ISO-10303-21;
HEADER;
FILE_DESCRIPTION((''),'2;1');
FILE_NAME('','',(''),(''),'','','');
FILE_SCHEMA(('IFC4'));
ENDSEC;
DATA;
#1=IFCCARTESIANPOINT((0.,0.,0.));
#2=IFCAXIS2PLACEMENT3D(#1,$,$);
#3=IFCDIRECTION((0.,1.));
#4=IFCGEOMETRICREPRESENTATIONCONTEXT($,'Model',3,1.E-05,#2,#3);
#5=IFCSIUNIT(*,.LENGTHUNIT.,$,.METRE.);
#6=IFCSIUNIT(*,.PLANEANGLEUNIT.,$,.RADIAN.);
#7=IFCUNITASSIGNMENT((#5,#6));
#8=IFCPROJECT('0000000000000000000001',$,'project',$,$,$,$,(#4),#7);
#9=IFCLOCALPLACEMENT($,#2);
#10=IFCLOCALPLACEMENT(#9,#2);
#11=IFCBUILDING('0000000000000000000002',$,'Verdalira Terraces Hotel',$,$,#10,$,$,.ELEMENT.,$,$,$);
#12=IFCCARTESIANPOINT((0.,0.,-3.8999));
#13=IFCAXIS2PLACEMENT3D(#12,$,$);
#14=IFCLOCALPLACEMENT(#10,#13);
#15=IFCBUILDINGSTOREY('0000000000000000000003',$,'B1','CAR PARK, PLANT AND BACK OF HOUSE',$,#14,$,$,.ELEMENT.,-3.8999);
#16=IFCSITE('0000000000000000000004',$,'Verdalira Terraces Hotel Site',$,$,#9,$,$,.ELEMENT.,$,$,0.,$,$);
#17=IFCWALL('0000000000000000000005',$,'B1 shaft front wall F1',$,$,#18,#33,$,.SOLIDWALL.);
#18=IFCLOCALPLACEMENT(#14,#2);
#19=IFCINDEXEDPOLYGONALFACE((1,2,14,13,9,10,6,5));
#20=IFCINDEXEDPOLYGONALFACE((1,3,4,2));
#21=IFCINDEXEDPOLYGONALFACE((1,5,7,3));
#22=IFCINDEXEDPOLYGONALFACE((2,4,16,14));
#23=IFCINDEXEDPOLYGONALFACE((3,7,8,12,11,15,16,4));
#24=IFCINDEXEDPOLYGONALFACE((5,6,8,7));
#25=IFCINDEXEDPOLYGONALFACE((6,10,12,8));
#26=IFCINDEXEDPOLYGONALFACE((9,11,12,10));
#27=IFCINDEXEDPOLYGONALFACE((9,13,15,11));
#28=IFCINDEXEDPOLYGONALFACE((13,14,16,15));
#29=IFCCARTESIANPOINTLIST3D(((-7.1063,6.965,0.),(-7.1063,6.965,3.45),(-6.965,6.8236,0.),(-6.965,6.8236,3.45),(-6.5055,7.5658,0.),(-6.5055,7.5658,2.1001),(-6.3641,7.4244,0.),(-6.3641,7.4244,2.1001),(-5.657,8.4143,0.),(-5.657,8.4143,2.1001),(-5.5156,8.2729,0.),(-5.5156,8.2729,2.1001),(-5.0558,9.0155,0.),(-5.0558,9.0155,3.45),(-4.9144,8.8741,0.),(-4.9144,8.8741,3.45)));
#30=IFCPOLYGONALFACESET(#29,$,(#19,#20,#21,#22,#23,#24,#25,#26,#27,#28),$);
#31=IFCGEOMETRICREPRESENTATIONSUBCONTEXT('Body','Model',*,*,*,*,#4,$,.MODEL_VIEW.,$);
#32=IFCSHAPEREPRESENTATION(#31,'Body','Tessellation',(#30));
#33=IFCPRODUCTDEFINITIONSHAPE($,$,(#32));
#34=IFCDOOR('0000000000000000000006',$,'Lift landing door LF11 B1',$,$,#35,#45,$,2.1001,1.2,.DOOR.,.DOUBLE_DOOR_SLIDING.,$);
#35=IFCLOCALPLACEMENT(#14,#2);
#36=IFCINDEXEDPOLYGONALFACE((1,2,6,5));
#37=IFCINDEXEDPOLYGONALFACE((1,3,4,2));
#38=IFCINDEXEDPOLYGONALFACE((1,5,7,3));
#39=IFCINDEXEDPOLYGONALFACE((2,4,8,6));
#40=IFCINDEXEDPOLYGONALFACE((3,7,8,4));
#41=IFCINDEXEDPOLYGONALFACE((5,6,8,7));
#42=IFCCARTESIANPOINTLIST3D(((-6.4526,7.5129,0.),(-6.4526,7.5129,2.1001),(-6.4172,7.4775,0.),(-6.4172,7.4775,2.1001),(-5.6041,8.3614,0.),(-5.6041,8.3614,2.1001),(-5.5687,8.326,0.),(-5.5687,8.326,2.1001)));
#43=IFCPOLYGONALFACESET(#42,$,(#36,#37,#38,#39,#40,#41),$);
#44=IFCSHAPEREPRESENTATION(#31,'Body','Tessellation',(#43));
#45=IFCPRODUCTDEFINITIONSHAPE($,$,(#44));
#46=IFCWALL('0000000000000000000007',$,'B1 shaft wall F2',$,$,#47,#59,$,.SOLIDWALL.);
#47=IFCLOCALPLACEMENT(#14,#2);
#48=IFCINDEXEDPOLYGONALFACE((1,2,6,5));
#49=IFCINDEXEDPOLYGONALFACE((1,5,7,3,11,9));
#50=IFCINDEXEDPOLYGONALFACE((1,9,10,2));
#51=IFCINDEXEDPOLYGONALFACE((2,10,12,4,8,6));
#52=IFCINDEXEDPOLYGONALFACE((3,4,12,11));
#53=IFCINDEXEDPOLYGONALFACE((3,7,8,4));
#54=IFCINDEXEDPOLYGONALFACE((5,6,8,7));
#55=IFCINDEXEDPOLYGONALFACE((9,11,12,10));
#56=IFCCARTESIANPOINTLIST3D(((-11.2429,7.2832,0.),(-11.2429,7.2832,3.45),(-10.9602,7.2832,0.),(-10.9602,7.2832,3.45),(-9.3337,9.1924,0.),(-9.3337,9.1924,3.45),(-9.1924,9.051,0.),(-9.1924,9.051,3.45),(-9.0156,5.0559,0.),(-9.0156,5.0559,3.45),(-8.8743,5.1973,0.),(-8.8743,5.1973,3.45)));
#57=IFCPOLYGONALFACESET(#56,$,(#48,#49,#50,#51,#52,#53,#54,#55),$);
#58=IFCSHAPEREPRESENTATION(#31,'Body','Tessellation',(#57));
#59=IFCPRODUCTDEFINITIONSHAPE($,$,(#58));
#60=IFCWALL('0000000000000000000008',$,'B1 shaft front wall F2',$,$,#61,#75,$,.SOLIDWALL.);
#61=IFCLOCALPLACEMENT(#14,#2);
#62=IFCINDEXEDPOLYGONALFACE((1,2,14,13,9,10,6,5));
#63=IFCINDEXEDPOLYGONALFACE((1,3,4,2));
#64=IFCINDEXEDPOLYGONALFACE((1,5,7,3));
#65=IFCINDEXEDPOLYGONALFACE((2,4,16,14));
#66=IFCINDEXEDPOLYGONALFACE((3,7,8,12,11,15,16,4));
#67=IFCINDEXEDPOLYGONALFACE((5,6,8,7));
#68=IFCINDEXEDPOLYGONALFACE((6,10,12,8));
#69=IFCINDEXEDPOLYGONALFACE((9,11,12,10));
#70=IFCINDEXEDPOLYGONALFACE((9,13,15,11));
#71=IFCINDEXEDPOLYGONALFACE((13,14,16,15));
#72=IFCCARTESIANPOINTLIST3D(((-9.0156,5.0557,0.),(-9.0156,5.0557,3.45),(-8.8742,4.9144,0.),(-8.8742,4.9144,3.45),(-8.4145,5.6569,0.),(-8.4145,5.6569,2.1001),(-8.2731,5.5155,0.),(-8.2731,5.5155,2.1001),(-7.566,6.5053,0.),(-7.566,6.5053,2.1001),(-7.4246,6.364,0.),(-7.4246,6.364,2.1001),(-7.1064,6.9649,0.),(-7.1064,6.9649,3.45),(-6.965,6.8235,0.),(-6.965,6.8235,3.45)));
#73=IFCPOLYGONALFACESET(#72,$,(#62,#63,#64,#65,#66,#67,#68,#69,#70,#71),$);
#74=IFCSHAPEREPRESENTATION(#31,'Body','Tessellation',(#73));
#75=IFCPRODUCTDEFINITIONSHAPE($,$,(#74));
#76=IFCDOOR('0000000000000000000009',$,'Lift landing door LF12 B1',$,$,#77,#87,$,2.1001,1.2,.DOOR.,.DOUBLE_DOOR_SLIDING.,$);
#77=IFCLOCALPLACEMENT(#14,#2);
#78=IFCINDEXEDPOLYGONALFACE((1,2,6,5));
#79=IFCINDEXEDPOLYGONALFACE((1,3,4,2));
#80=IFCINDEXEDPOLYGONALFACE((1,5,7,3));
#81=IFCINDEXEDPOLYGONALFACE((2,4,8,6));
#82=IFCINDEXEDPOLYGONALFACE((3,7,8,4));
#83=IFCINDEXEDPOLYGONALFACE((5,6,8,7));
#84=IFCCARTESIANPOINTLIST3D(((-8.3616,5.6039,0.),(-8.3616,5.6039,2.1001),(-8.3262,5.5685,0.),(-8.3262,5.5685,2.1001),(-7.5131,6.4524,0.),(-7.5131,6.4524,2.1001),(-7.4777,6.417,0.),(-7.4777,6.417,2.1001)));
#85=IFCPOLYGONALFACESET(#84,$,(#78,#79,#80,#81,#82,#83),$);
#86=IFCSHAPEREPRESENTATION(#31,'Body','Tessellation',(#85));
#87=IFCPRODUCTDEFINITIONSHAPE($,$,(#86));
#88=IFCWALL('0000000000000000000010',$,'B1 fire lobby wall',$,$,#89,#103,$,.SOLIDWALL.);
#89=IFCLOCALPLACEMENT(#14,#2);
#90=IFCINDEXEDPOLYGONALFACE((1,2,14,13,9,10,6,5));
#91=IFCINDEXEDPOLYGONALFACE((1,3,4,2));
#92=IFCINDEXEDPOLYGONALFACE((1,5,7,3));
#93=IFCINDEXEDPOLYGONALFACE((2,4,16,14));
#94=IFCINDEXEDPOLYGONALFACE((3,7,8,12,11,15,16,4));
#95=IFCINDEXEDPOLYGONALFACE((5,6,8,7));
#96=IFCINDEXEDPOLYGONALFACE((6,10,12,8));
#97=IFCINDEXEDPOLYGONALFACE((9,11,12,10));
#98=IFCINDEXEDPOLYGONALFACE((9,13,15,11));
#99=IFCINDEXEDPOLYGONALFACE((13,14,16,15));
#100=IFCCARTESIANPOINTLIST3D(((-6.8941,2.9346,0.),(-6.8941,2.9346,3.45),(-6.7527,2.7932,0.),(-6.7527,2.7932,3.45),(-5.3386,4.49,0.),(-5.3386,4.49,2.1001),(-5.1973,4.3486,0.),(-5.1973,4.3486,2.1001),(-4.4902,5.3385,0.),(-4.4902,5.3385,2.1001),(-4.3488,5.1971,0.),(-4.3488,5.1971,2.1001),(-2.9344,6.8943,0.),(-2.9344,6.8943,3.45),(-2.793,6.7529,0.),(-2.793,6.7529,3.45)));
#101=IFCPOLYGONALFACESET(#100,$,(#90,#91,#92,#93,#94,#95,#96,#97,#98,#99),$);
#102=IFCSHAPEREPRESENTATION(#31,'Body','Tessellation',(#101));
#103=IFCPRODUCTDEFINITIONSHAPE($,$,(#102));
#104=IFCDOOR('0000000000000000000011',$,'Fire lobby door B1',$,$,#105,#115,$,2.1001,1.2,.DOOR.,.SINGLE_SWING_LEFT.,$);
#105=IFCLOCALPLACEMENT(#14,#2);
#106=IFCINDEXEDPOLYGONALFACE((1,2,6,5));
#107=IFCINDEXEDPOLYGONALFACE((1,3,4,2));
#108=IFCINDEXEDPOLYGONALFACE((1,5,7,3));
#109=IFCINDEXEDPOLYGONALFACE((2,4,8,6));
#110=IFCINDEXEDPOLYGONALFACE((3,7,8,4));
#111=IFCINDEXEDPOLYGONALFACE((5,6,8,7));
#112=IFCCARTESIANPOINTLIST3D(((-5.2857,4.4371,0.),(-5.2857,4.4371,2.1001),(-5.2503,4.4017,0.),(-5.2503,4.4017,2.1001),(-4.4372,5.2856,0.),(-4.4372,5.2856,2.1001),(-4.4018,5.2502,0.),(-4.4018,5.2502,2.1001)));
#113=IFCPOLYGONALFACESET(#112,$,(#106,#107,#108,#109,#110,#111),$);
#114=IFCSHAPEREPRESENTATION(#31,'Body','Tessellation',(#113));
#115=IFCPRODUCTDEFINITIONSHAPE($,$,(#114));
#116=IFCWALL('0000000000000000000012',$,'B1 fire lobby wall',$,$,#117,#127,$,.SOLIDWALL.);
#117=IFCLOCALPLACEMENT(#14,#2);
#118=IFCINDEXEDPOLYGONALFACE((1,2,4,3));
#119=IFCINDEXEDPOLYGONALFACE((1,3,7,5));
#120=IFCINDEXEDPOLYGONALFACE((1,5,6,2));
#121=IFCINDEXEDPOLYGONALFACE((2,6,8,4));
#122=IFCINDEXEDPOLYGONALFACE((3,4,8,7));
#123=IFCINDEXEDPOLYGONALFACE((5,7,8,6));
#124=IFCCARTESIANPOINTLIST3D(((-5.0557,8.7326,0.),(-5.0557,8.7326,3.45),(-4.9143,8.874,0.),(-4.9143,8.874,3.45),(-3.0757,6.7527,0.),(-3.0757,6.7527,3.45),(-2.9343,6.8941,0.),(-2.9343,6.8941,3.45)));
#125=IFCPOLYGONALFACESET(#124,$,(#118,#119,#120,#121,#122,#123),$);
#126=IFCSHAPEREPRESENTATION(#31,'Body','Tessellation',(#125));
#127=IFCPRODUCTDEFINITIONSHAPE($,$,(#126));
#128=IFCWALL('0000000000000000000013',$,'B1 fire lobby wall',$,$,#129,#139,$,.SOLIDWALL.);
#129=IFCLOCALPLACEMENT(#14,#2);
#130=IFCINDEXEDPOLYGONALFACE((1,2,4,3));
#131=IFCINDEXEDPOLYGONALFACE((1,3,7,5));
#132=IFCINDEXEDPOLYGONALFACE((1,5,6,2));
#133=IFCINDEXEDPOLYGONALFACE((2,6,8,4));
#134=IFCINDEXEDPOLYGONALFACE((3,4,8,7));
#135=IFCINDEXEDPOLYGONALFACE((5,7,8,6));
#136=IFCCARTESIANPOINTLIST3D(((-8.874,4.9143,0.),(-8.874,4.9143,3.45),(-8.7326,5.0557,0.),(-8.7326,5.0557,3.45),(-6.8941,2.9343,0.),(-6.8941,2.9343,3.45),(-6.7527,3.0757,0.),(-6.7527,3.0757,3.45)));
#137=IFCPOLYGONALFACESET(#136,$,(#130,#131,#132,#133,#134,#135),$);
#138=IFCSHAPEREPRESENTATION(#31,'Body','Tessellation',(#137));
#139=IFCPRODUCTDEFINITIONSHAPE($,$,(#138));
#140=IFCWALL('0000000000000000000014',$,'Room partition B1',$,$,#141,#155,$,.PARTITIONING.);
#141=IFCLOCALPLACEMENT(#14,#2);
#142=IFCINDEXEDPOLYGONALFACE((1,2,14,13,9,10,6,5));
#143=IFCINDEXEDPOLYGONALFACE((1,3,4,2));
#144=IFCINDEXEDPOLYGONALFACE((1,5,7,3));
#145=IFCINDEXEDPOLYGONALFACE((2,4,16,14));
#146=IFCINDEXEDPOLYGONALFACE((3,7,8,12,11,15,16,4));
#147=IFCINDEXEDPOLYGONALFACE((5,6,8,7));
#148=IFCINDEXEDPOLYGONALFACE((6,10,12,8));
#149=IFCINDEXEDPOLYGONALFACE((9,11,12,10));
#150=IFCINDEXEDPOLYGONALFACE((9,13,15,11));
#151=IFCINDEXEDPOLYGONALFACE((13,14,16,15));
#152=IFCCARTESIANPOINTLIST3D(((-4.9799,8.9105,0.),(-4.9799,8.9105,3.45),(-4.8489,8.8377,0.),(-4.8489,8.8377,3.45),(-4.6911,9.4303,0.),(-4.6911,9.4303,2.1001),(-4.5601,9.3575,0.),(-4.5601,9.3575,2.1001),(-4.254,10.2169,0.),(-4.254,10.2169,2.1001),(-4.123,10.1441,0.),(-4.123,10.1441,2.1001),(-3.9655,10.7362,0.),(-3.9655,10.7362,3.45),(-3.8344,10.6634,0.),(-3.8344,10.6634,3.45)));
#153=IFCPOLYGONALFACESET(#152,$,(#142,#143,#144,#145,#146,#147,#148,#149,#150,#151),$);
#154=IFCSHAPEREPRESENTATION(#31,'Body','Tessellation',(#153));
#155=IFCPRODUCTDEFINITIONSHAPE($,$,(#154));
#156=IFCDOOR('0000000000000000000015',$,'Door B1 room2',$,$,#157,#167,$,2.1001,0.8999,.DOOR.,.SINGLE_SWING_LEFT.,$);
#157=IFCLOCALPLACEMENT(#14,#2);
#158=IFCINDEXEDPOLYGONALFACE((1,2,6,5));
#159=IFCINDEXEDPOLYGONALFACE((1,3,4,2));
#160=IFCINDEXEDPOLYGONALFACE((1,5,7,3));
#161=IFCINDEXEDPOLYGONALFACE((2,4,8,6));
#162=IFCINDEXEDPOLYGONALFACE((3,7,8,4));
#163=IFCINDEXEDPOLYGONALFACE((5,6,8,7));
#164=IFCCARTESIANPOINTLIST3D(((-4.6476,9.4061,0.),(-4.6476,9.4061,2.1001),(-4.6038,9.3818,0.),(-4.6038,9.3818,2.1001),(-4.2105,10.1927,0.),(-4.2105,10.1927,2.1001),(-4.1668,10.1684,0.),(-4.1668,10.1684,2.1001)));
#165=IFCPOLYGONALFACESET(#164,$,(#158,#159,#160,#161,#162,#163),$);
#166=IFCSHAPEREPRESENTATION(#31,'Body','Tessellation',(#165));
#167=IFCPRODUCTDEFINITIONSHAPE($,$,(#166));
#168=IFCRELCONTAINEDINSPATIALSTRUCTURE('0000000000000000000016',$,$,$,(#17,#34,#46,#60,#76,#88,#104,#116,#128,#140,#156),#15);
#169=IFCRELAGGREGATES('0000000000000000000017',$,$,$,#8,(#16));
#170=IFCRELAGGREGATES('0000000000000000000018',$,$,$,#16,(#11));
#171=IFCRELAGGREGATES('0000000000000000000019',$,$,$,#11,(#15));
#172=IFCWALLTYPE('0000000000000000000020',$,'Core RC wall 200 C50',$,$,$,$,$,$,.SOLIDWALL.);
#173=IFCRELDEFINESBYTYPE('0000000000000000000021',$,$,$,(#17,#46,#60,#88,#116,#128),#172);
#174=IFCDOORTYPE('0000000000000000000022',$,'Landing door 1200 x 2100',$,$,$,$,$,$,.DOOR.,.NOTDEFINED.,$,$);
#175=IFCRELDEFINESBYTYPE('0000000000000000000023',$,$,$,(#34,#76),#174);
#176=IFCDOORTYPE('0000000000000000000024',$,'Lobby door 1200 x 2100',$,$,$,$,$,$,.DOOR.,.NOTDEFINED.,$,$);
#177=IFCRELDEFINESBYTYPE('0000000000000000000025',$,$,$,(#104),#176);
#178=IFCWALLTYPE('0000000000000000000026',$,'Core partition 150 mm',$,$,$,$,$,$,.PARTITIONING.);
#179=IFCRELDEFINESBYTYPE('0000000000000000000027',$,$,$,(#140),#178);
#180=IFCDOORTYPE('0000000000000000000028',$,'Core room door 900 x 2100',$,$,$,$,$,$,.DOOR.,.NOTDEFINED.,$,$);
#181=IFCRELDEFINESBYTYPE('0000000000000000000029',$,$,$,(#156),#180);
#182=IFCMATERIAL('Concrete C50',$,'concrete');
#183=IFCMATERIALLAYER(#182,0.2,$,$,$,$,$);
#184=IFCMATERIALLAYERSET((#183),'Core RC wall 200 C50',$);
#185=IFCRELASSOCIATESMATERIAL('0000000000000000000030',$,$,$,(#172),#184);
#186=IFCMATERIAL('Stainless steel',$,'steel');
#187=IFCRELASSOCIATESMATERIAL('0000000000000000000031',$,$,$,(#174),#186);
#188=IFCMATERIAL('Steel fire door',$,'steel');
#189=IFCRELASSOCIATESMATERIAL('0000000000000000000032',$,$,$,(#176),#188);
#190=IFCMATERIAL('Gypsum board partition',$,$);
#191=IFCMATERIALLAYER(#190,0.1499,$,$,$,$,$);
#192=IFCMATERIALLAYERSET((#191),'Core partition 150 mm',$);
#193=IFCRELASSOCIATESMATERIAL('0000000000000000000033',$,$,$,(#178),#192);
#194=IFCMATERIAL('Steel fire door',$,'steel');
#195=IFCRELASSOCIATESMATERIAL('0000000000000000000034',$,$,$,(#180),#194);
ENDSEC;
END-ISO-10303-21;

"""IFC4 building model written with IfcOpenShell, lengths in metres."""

from ifc_helpers import new_model, si_unit, direction, frame, frame_2d, origin, place, context, subcontext, project, spatial, polyline, rectangle, outline, extrude, material, layer, layer_set, type_object, element, fill, save


model = new_model("IFC4")

# Units and contexts
model_context = context("Model", 3, precision=1e-05, world=origin(), true_north=direction((0.0, 1.0)))
body_context = subcontext(model_context, "Body", "Model", "MODEL_VIEW")
ifc_project = project(units=[si_unit("LENGTHUNIT", "METRE"), si_unit("PLANEANGLEUNIT", "RADIAN")], contexts=[model_context])

# Site, building, storey
site_placement = place(None, origin())
site = spatial("IfcSite", under=ifc_project, at=site_placement, Name="Verdalira Terraces Hotel Site", CompositionType="ELEMENT", RefElevation=0.0)
building_placement = place(site_placement, origin())
building = spatial("IfcBuilding", under=site, at=building_placement, Name="Verdalira Terraces Hotel", CompositionType="ELEMENT")
storey_placement = place(building_placement, frame((0.0, 0.0, -3.8999)))
storey = spatial("IfcBuildingStorey", under=building, at=storey_placement, Name="B1", Description="CAR PARK, PLANT AND BACK OF HOUSE", CompositionType="ELEMENT", Elevation=-3.8999)

# Shared definitions
ifc_material_1 = material(Name="Concrete C50", Category="concrete")
ifc_layer_1 = layer(ifc_material_1, 0.2)
ifc_layer_set_1 = layer_set([ifc_layer_1], Name="Core RC wall 200 C50")
wall_type_1 = type_object("IfcWallType", Name="Core RC wall 200 C50", PredefinedType="SOLIDWALL", material=ifc_layer_set_1)
ifc_material_2 = material(Name="Stainless steel", Category="steel")
door_type_1 = type_object("IfcDoorType", Name="Landing door 1200 x 2100", OperationType="NOTDEFINED", PredefinedType="DOOR", material=ifc_material_2)

# Wall, opening, door
wall_1_placement = place(storey_placement, frame((-4.9851, 8.9448, 0.0), z_axis=(0.0, 0.0, 1.0), x_axis=(-0.707107, -0.707107, 0.0)))
wall_1 = element("IfcWall", 1, at=wall_1_placement, inside=storey, type_object=wall_type_1, Name="B1 shaft front wall F1", PredefinedType="SOLIDWALL", context=body_context, shape_type="SweptSolid", body=[
    extrude(rectangle(XDim=2.8999, YDim=0.2, at=frame_2d((1.45, 0.0))), origin(), (0.0, 0.0, 1.0), 3.45),
])
opening_1_placement = place(wall_1_placement, frame((0.8501, 0.0, 0.0)))
opening_1 = element("IfcOpeningElement", 2, at=opening_1_placement, cuts=wall_1, PredefinedType="OPENING", context=body_context, shape_type="SweptSolid", body=[
    extrude(rectangle(XDim=1.2, YDim=2.1001, at=frame_2d((0.6001, 1.05))), frame((0.0, 0.1099, 0.0), z_axis=(0.0, -1.0, 0.0), x_axis=(1.0, 0.0, 0.0)), (0.0, 0.0, 1.0), 0.22),
])
door_1_placement = place(opening_1_placement, origin())
door_1 = element("IfcDoor", 3, at=door_1_placement, inside=storey, type_object=door_type_1, Name="Lift landing door LF11 B1", OperationType="DOUBLE_DOOR_SLIDING", OverallHeight=2.1001, OverallWidth=1.2, PredefinedType="DOOR", context=body_context, shape_type="SweptSolid", body=[
    extrude(rectangle(XDim=1.2, YDim=2.1001, at=frame_2d((0.6001, 1.05))), frame((0.0, 0.0249, 0.0), z_axis=(0.0, -1.0, 0.0), x_axis=(1.0, 0.0, 0.0)), (0.0, 0.0, 1.0), 0.05),
])
fill(opening_1, door_1)

# Wall
wall_2_placement = place(storey_placement, origin())
element("IfcWall", 4, at=wall_2_placement, inside=storey, type_object=wall_type_1, Name="B1 shaft wall F2", PredefinedType="SOLIDWALL", context=body_context, shape_type="SweptSolid", body=[
    extrude(outline(polyline([(-11.2429, 7.2832), (-9.3337, 9.1924), (-9.1924, 9.051), (-10.9602, 7.2832), (-8.8743, 5.1973), (-9.0156, 5.0559), (-11.2429, 7.2832)])), origin(), (0.0, 0.0, 1.0), 3.45),
])

# Walls, openings, doors
wall_3_placement = place(storey_placement, frame((-7.0356, 6.8943, 0.0), z_axis=(0.0, 0.0, 1.0), x_axis=(-0.707107, -0.707107, 0.0)))
wall_3 = element("IfcWall", 5, at=wall_3_placement, inside=storey, type_object=wall_type_1, Name="B1 shaft front wall F2", PredefinedType="SOLIDWALL", context=body_context, shape_type="SweptSolid", body=[
    extrude(rectangle(XDim=2.7, YDim=0.2, at=frame_2d((1.3501, 0.0))), origin(), (0.0, 0.0, 1.0), 3.45),
])
opening_2_placement = place(wall_3_placement, frame((0.6499, 0.0, 0.0)))
opening_2 = element("IfcOpeningElement", 6, at=opening_2_placement, cuts=wall_3, PredefinedType="OPENING", context=body_context, shape_type="SweptSolid", body=[
    extrude(rectangle(XDim=1.2, YDim=2.1001, at=frame_2d((0.6001, 1.05))), frame((0.0, 0.1099, 0.0), z_axis=(0.0, -1.0, 0.0), x_axis=(1.0, 0.0, 0.0)), (0.0, 0.0, 1.0), 0.22),
])
door_2_placement = place(opening_2_placement, origin())
door_2 = element("IfcDoor", 7, at=door_2_placement, inside=storey, type_object=door_type_1, Name="Lift landing door LF12 B1", OperationType="DOUBLE_DOOR_SLIDING", OverallHeight=2.1001, OverallWidth=1.2, PredefinedType="DOOR", context=body_context, shape_type="SweptSolid", body=[
    extrude(rectangle(XDim=1.2, YDim=2.1001, at=frame_2d((0.6001, 1.05))), frame((0.0, 0.0249, 0.0), z_axis=(0.0, -1.0, 0.0), x_axis=(1.0, 0.0, 0.0)), (0.0, 0.0, 1.0), 0.05),
])
fill(opening_2, door_2)
wall_4_placement = place(storey_placement, frame((-2.8638, 6.8235, 0.0), z_axis=(0.0, 0.0, 1.0), x_axis=(-0.707107, -0.707107, 0.0)))
wall_4 = element("IfcWall", 8, at=wall_4_placement, inside=storey, type_object=wall_type_1, Name="B1 fire lobby wall", PredefinedType="SOLIDWALL", context=body_context, shape_type="SweptSolid", body=[
    extrude(rectangle(XDim=5.5999, YDim=0.2, at=frame_2d((2.7998, 0.0))), origin(), (0.0, 0.0, 1.0), 3.45),
])
opening_3_placement = place(wall_4_placement, frame((2.2, 0.0, 0.0)))
opening_3 = element("IfcOpeningElement", 9, at=opening_3_placement, cuts=wall_4, PredefinedType="OPENING", context=body_context, shape_type="SweptSolid", body=[
    extrude(rectangle(XDim=1.2, YDim=2.1001, at=frame_2d((0.6001, 1.05))), frame((0.0, 0.1099, 0.0), z_axis=(0.0, -1.0, 0.0), x_axis=(1.0, 0.0, 0.0)), (0.0, 0.0, 1.0), 0.22),
])
ifc_material_3 = material(Name="Steel fire door", Category="steel")
door_type_2 = type_object("IfcDoorType", Name="Lobby door 1200 x 2100", OperationType="NOTDEFINED", PredefinedType="DOOR", material=ifc_material_3)
door_3_placement = place(opening_3_placement, origin())
door_3 = element("IfcDoor", 10, at=door_3_placement, inside=storey, type_object=door_type_2, Name="Fire lobby door B1", OperationType="SINGLE_SWING_LEFT", OverallHeight=2.1001, OverallWidth=1.2, PredefinedType="DOOR", context=body_context, shape_type="SweptSolid", body=[
    extrude(rectangle(XDim=1.2, YDim=2.1001, at=frame_2d((0.6001, 1.05))), frame((0.0, 0.0249, 0.0), z_axis=(0.0, -1.0, 0.0), x_axis=(1.0, 0.0, 0.0)), (0.0, 0.0, 1.0), 0.05),
])
fill(opening_3, door_3)

# Walls
for number, where, z_axis, x_axis, name in (
    (11, (-3.0051, 6.8235, 0.0), (0.0, 0.0, 1.0), (-0.707107, 0.707107, 0.0), "B1 fire lobby wall"),
    (12, (-6.8235, 3.0051, 0.0), (0.0, 0.0, 1.0), (-0.707107, 0.707107, 0.0), "B1 fire lobby wall"),
):
    element("IfcWall", number, at=place(storey_placement, frame(where, z_axis=z_axis, x_axis=x_axis)), inside=storey, type_object=wall_type_1, Name=name, PredefinedType="SOLIDWALL", context=body_context, shape_type="SweptSolid", body=[
        extrude(rectangle(XDim=2.8, YDim=0.2, at=frame_2d((1.3999, 0.0))), origin(), (0.0, 0.0, 1.0), 3.45),
    ])

# Wall, opening, door
ifc_material_4 = material(Name="Gypsum board partition")
ifc_layer_2 = layer(ifc_material_4, 0.1499)
ifc_layer_set_2 = layer_set([ifc_layer_2], Name="Core partition 150 mm")
wall_type_2 = type_object("IfcWallType", Name="Core partition 150 mm", PredefinedType="PARTITIONING", material=ifc_layer_set_2)
wall_5_placement = place(storey_placement, frame((-3.8999, 10.7, 0.0), z_axis=(0.0, 0.0, 1.0), x_axis=(-0.485693, -0.87413, 0.0)))
wall_5 = element("IfcWall", 13, at=wall_5_placement, inside=storey, type_object=wall_type_2, Name="Room partition B1", PredefinedType="PARTITIONING", context=body_context, shape_type="SweptSolid", body=[
    extrude(rectangle(XDim=2.0886, YDim=0.1499, at=frame_2d((1.0444, 0.0))), origin(), (0.0, 0.0, 1.0), 3.45),
])
opening_4_placement = place(wall_5_placement, frame((0.5942, 0.0, 0.0)))
opening_4 = element("IfcOpeningElement", 14, at=opening_4_placement, cuts=wall_5, PredefinedType="OPENING", context=body_context, shape_type="SweptSolid", body=[
    extrude(rectangle(XDim=0.8999, YDim=2.1001, at=frame_2d((0.45, 1.05))), frame((0.0, 0.085, 0.0), z_axis=(0.0, -1.0, 0.0), x_axis=(1.0, 0.0, 0.0)), (0.0, 0.0, 1.0), 0.1699),
])
ifc_material_5 = material(Name="Steel fire door", Category="steel")
door_type_3 = type_object("IfcDoorType", Name="Core room door 900 x 2100", OperationType="NOTDEFINED", PredefinedType="DOOR", material=ifc_material_5)
door_4_placement = place(opening_4_placement, origin())
door_4 = element("IfcDoor", 15, at=door_4_placement, inside=storey, type_object=door_type_3, Name="Door B1 room2", OperationType="SINGLE_SWING_LEFT", OverallHeight=2.1001, OverallWidth=0.8999, PredefinedType="DOOR", context=body_context, shape_type="SweptSolid", body=[
    extrude(rectangle(XDim=0.8999, YDim=2.1001, at=frame_2d((0.45, 1.05))), frame((0.0, 0.0249, 0.0), z_axis=(0.0, -1.0, 0.0), x_axis=(1.0, 0.0, 0.0)), (0.0, 0.0, 1.0), 0.05),
])
fill(opening_4, door_4)

save(model, "model.ifc")
